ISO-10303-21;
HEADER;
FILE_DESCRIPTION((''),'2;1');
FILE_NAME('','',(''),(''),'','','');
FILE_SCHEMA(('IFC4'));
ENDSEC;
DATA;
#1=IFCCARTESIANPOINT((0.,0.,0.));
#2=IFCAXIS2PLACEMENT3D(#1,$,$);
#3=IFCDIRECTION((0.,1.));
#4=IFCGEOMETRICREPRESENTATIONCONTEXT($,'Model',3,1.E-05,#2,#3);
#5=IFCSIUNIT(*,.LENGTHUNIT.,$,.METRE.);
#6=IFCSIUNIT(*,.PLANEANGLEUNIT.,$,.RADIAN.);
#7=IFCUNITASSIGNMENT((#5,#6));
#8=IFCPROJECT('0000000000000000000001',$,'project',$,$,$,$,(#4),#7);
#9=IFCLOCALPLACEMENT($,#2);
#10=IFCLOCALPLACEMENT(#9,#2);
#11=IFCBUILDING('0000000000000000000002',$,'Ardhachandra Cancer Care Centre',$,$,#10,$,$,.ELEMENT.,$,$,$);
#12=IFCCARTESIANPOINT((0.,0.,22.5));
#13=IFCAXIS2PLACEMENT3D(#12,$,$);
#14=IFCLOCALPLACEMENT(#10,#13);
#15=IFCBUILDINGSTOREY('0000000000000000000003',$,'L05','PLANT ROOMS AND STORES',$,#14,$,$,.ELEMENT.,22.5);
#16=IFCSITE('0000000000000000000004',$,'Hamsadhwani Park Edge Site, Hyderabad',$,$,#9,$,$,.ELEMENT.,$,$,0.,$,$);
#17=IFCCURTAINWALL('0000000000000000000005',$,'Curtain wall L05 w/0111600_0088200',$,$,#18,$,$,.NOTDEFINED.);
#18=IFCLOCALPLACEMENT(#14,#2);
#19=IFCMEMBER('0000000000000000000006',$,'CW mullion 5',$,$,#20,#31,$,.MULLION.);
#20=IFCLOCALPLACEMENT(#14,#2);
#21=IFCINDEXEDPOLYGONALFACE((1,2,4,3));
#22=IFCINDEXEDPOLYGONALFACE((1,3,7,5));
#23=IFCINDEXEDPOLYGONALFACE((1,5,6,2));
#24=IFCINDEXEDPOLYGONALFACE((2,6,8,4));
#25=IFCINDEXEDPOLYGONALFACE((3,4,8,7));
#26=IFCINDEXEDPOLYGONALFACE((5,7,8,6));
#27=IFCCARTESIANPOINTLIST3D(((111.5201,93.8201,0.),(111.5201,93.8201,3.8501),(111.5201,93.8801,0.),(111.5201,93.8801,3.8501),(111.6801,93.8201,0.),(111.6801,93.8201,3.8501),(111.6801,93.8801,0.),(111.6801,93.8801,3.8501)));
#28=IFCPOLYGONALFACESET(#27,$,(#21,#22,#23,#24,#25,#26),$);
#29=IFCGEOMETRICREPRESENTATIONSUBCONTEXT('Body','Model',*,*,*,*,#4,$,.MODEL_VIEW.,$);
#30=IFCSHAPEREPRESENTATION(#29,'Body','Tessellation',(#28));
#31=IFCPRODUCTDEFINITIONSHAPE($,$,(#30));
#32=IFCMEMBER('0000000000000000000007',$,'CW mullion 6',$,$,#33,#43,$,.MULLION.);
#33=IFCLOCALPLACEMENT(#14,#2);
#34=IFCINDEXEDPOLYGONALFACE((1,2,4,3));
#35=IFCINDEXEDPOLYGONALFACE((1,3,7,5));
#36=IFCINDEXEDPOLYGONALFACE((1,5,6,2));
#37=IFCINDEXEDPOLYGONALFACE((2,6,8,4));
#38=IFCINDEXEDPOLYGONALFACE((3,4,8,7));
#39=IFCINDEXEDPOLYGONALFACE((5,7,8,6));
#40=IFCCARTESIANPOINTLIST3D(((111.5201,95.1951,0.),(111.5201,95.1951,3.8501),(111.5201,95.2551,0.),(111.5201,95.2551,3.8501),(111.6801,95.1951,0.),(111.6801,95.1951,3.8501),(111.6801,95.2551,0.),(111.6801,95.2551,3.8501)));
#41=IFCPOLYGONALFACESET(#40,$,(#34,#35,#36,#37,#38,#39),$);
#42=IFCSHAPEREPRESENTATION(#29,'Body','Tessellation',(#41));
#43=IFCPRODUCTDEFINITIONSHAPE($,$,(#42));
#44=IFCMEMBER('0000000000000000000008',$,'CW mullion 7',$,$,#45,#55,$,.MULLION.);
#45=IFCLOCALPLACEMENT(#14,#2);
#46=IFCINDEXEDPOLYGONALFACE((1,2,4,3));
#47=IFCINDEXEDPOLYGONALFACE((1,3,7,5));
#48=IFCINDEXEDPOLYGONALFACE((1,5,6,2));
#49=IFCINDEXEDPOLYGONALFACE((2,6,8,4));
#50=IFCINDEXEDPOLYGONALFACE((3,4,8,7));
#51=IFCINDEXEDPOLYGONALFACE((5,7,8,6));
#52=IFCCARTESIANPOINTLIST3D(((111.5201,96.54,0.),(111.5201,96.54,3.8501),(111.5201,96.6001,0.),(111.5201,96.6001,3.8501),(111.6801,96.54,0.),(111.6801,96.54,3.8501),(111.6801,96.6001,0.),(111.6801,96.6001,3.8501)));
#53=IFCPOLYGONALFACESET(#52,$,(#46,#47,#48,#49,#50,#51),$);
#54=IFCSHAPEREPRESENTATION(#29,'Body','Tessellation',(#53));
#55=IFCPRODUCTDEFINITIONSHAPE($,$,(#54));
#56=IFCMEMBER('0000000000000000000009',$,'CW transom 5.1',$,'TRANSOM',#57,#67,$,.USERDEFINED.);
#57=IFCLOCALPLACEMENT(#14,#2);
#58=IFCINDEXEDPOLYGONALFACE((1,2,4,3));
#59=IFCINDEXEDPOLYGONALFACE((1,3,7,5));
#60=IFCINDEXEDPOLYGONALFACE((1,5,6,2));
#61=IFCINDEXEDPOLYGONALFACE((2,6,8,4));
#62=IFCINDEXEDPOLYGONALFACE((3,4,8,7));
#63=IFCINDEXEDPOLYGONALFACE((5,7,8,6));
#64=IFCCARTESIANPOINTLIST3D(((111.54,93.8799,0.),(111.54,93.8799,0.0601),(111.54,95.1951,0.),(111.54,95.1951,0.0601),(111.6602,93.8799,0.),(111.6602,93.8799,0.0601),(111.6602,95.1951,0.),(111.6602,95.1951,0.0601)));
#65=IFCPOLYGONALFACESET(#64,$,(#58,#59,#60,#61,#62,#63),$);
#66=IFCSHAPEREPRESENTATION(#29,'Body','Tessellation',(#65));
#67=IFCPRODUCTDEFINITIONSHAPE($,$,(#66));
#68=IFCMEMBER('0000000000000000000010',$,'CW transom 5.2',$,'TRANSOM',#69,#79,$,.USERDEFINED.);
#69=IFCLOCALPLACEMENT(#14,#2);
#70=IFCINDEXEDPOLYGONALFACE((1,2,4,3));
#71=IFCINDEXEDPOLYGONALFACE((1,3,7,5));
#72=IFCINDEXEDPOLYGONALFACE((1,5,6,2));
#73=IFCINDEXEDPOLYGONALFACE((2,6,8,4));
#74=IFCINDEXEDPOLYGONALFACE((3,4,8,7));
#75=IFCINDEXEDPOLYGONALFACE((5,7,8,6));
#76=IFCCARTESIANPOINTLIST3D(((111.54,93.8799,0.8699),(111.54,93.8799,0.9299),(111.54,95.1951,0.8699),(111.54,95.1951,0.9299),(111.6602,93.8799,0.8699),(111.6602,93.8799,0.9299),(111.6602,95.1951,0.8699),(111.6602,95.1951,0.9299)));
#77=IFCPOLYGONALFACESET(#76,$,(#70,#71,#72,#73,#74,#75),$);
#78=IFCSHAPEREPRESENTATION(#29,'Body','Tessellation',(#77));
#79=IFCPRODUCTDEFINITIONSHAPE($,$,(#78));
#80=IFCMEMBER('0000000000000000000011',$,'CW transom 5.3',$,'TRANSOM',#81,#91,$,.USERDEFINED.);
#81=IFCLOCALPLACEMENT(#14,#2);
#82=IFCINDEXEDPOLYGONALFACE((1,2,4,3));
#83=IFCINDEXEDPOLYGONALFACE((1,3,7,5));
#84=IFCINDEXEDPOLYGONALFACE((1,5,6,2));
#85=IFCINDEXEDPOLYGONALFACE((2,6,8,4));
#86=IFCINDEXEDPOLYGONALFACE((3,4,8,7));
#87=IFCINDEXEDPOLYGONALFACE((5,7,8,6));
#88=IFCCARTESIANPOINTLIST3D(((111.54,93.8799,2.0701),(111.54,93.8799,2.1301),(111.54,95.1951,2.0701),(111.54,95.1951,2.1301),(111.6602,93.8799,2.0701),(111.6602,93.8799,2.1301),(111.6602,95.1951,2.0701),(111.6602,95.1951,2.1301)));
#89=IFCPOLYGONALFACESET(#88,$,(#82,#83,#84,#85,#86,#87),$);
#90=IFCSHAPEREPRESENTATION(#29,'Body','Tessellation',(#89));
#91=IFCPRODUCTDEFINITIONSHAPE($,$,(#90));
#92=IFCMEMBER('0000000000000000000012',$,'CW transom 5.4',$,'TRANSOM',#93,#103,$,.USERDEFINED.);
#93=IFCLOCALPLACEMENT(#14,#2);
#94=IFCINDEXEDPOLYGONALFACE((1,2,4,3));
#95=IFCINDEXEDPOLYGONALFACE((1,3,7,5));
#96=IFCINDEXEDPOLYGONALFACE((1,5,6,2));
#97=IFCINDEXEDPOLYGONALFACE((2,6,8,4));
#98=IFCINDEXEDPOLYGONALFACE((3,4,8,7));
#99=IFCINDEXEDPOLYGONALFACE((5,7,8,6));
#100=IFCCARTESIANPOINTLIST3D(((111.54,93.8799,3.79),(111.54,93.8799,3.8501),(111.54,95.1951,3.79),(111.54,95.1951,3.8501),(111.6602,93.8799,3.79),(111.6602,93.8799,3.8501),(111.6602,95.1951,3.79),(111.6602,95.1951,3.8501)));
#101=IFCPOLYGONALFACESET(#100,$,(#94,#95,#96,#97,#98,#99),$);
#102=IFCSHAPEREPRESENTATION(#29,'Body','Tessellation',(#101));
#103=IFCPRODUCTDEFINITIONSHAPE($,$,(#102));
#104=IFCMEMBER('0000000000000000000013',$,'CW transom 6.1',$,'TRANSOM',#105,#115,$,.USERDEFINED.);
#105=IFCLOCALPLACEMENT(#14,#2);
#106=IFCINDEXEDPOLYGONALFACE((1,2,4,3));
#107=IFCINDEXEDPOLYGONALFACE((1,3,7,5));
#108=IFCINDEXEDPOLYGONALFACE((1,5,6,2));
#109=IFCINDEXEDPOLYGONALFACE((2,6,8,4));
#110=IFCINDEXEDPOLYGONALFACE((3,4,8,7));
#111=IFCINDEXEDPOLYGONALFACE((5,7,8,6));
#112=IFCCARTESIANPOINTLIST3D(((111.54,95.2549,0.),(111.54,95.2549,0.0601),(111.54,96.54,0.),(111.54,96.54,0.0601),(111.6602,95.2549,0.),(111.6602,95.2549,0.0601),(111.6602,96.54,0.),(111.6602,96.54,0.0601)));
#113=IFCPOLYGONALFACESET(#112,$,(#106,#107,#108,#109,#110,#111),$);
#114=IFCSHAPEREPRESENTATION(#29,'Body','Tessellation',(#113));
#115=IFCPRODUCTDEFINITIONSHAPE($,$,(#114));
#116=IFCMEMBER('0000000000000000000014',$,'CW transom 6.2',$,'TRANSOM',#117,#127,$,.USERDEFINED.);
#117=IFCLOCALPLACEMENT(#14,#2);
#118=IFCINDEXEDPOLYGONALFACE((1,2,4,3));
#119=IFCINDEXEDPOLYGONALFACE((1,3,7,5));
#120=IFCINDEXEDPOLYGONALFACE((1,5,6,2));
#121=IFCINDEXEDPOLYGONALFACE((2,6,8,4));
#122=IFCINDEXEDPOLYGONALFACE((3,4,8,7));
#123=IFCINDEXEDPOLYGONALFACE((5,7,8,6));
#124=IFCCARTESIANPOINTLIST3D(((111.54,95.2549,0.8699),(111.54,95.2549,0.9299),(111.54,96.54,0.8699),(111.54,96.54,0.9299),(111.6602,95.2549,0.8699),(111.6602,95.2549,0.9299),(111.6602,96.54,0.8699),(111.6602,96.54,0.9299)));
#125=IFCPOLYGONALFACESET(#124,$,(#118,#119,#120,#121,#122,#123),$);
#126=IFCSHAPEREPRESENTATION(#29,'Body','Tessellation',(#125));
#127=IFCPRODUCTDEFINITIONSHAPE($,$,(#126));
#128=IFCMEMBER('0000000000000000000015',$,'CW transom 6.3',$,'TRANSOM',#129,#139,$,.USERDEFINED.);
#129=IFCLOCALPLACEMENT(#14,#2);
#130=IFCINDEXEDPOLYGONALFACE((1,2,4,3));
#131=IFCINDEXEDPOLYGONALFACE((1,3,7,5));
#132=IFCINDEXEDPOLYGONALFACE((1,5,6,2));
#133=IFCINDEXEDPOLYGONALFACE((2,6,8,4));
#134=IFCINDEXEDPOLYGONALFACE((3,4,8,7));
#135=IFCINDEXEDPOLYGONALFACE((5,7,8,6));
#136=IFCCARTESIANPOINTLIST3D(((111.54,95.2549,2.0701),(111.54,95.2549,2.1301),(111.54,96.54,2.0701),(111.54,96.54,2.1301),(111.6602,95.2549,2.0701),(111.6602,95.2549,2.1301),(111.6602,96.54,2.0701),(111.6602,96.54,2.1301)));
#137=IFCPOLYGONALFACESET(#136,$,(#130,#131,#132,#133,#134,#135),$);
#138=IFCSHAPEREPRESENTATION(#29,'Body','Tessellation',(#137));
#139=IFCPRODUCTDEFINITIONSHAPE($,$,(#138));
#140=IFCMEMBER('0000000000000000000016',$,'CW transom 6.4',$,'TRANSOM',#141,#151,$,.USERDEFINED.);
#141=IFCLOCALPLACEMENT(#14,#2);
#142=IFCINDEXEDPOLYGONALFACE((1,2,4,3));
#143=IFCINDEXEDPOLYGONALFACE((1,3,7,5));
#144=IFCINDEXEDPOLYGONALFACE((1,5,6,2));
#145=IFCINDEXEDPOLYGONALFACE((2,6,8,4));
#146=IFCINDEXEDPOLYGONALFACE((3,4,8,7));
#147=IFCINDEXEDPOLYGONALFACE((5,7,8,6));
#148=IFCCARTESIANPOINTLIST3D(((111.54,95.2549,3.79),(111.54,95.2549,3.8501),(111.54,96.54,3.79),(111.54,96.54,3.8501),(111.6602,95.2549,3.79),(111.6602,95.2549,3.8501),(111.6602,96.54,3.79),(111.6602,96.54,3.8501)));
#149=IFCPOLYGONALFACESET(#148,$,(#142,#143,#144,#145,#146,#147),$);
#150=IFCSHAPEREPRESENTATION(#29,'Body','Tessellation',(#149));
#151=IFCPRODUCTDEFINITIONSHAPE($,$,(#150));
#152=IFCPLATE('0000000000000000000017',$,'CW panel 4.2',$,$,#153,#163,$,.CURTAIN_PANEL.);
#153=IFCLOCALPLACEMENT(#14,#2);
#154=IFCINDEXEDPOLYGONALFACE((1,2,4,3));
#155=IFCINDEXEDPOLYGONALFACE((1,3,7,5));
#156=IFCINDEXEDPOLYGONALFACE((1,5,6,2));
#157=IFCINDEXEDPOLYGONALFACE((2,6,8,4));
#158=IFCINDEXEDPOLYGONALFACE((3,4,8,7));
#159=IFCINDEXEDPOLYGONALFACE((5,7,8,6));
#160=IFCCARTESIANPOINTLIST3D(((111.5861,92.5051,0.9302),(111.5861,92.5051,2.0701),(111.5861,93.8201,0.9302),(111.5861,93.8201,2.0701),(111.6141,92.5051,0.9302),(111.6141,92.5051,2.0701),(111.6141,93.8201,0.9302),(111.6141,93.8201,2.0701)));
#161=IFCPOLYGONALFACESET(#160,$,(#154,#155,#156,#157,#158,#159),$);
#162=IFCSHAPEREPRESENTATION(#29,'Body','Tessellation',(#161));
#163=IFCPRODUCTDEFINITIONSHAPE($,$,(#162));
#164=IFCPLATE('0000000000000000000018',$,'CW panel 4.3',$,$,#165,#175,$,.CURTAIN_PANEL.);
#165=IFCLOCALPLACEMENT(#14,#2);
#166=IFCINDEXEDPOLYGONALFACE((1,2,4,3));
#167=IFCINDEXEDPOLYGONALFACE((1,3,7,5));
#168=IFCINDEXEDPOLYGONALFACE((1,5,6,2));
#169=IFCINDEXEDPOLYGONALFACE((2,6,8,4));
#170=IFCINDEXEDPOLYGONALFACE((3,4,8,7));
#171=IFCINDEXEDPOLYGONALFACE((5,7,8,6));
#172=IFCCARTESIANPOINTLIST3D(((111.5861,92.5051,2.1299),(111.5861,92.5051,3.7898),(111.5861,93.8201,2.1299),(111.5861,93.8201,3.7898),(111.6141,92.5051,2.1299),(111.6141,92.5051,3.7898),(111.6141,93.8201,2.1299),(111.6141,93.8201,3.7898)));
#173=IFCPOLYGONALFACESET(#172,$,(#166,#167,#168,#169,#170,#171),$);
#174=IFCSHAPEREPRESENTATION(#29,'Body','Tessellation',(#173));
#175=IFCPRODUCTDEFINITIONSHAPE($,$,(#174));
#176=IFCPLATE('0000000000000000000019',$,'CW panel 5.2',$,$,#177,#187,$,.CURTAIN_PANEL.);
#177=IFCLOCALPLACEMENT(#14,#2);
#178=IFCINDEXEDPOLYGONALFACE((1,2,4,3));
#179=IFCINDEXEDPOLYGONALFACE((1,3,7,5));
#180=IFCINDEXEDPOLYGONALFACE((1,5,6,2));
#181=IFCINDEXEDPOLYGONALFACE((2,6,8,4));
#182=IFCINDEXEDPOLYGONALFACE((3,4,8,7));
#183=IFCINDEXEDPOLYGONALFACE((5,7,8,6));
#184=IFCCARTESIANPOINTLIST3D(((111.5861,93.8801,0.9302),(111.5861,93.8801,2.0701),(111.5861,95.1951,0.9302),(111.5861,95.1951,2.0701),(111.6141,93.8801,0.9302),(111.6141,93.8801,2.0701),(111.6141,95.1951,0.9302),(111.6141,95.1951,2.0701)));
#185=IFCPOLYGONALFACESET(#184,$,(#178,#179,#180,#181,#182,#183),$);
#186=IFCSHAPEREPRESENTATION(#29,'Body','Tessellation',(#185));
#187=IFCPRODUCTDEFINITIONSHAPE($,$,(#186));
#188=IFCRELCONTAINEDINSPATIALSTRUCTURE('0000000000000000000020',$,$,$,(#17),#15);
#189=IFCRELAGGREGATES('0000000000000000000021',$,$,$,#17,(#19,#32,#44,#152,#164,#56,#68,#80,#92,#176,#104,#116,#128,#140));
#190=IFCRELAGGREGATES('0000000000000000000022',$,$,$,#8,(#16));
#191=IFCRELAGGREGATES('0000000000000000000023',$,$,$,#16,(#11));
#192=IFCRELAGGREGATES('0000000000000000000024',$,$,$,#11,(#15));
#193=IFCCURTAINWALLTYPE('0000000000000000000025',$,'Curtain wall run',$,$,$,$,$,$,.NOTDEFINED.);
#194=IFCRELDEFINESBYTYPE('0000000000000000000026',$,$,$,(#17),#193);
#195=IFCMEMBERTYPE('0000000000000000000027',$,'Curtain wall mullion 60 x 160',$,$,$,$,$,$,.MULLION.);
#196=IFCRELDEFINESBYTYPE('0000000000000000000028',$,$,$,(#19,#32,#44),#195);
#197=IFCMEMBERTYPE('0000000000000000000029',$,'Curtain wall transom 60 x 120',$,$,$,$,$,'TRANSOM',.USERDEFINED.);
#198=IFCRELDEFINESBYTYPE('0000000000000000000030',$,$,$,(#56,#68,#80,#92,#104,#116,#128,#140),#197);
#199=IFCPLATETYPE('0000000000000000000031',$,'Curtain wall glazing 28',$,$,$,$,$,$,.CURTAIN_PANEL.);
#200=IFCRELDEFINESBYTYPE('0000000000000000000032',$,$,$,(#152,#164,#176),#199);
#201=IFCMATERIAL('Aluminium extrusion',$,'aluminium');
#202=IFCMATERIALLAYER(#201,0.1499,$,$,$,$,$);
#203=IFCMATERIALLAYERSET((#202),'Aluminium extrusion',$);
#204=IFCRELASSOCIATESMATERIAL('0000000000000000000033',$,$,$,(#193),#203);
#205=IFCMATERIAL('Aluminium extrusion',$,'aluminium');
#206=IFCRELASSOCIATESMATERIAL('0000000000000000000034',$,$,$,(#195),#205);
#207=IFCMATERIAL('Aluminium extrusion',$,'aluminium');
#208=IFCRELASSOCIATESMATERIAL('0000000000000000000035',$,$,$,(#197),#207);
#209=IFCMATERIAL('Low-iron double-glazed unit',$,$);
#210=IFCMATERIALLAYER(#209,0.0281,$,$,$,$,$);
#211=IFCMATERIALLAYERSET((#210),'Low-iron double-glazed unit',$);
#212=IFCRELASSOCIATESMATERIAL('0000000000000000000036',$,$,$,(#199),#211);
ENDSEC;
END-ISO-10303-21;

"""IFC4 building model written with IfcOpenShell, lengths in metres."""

from ifc_helpers import new_model, si_unit, direction, frame, origin, origin_2d, place, context, subcontext, project, spatial, rectangle, extrude, material, layer, layer_set, material_profile, profile_set, type_object, element, aggregate, save


model = new_model("IFC4")

# Units and contexts
model_context = context("Model", 3, precision=1e-05, world=origin(), true_north=direction((0.0, 1.0)))
body_context = subcontext(model_context, "Body", "Model", "MODEL_VIEW")
ifc_project = project(units=[si_unit("LENGTHUNIT", "METRE"), si_unit("PLANEANGLEUNIT", "RADIAN")], contexts=[model_context])

# Site, building, storey
site_placement = place(None, origin())
site = spatial("IfcSite", under=ifc_project, at=site_placement, Name="Hamsadhwani Park Edge Site, Hyderabad", CompositionType="ELEMENT", RefElevation=0.0)
building_placement = place(site_placement, origin())
building = spatial("IfcBuilding", under=site, at=building_placement, Name="Ardhachandra Cancer Care Centre", CompositionType="ELEMENT")
storey_placement = place(building_placement, frame((0.0, 0.0, 22.5)))
storey = spatial("IfcBuildingStorey", under=building, at=storey_placement, Name="L05", Description="PLANT ROOMS AND STORES", CompositionType="ELEMENT", Elevation=22.5)

# Curtain wall, members, plates
ifc_material_1 = material(Name="Aluminium extrusion", Category="aluminium")
ifc_layer_1 = layer(ifc_material_1, 0.1499)
ifc_layer_set_1 = layer_set([ifc_layer_1], Name="Aluminium extrusion")
curtain_wall_type = type_object("IfcCurtainWallType", Name="Curtain wall run", PredefinedType="NOTDEFINED", material=ifc_layer_set_1)
curtain_wall_placement = place(storey_placement, origin())
curtain_wall = element("IfcCurtainWall", 1, at=curtain_wall_placement, inside=storey, type_object=curtain_wall_type, Name="Curtain wall L05 w/0111600_0088200", PredefinedType="NOTDEFINED")
ifc_material_2 = material(Name="Aluminium extrusion", Category="aluminium")
ifc_material_profile_1 = material_profile(ifc_material_2, rectangle(XDim=0.1599, YDim=0.0601, at=origin_2d()), Name="Curtain wall mullion 60 x 160")
ifc_profile_set_1 = profile_set([ifc_material_profile_1], Name="Aluminium extrusion")
member_type_1 = type_object("IfcMemberType", Name="Curtain wall mullion 60 x 160", PredefinedType="MULLION", material=ifc_profile_set_1)
member_1_placement = place(storey_placement, frame((111.6001, 93.8501, 0.0), z_axis=(0.0, 0.0, 1.0), x_axis=(-1.0, 0.0, 0.0)))
member_1 = element("IfcMember", 2, at=member_1_placement, type_object=member_type_1, Name="CW mullion 5", PredefinedType="MULLION", context=body_context, shape_type="SweptSolid", body=[
    extrude(rectangle(XDim=0.1599, YDim=0.0601, at=origin_2d()), origin(), (0.0, 0.0, 1.0), 3.8501),
])
member_2_placement = place(storey_placement, frame((111.6001, 95.2251, 0.0), z_axis=(0.0, 0.0, 1.0), x_axis=(-1.0, 0.0, 0.0)))
member_2 = element("IfcMember", 3, at=member_2_placement, type_object=member_type_1, Name="CW mullion 6", PredefinedType="MULLION", context=body_context, shape_type="SweptSolid", body=[
    extrude(rectangle(XDim=0.1599, YDim=0.0601, at=origin_2d()), origin(), (0.0, 0.0, 1.0), 3.8501),
])
member_3_placement = place(storey_placement, frame((111.6001, 96.5701, 0.0), z_axis=(0.0, 0.0, 1.0), x_axis=(-1.0, 0.0, 0.0)))
member_3 = element("IfcMember", 4, at=member_3_placement, type_object=member_type_1, Name="CW mullion 7", PredefinedType="MULLION", context=body_context, shape_type="SweptSolid", body=[
    extrude(rectangle(XDim=0.1599, YDim=0.0601, at=origin_2d()), origin(), (0.0, 0.0, 1.0), 3.8501),
])
ifc_material_3 = material(Name="Aluminium extrusion", Category="aluminium")
ifc_material_profile_2 = material_profile(ifc_material_3, rectangle(XDim=0.1201, YDim=0.0601, at=origin_2d()), Name="Curtain wall transom 60 x 120")
ifc_profile_set_2 = profile_set([ifc_material_profile_2], Name="Aluminium extrusion")
member_type_2 = type_object("IfcMemberType", Name="Curtain wall transom 60 x 120", ElementType="TRANSOM", PredefinedType="USERDEFINED", material=ifc_profile_set_2)
member_4_placement = place(storey_placement, frame((111.6001, 93.8799, 0.03), z_axis=(0.0, 1.0, 0.0), x_axis=(-1.0, 0.0, 0.0)))
member_4 = element("IfcMember", 5, at=member_4_placement, type_object=member_type_2, Name="CW transom 5.1", ObjectType="TRANSOM", PredefinedType="USERDEFINED", context=body_context, shape_type="SweptSolid", body=[
    extrude(rectangle(XDim=0.1201, YDim=0.0601, at=origin_2d()), origin(), (0.0, 0.0, 1.0), 1.3152),
])
member_5_placement = place(storey_placement, frame((111.6001, 93.8799, 0.8999), z_axis=(0.0, 1.0, 0.0), x_axis=(-1.0, 0.0, 0.0)))
member_5 = element("IfcMember", 6, at=member_5_placement, type_object=member_type_2, Name="CW transom 5.2", ObjectType="TRANSOM", PredefinedType="USERDEFINED", context=body_context, shape_type="SweptSolid", body=[
    extrude(rectangle(XDim=0.1201, YDim=0.0601, at=origin_2d()), origin(), (0.0, 0.0, 1.0), 1.3152),
])
member_6_placement = place(storey_placement, frame((111.6001, 93.8799, 2.1001), z_axis=(0.0, 1.0, 0.0), x_axis=(-1.0, 0.0, 0.0)))
member_6 = element("IfcMember", 7, at=member_6_placement, type_object=member_type_2, Name="CW transom 5.3", ObjectType="TRANSOM", PredefinedType="USERDEFINED", context=body_context, shape_type="SweptSolid", body=[
    extrude(rectangle(XDim=0.1201, YDim=0.0601, at=origin_2d()), origin(), (0.0, 0.0, 1.0), 1.3152),
])
member_7_placement = place(storey_placement, frame((111.6001, 93.8799, 3.8201), z_axis=(0.0, 1.0, 0.0), x_axis=(-1.0, 0.0, 0.0)))
member_7 = element("IfcMember", 8, at=member_7_placement, type_object=member_type_2, Name="CW transom 5.4", ObjectType="TRANSOM", PredefinedType="USERDEFINED", context=body_context, shape_type="SweptSolid", body=[
    extrude(rectangle(XDim=0.1201, YDim=0.0601, at=origin_2d()), origin(), (0.0, 0.0, 1.0), 1.3152),
])
member_8_placement = place(storey_placement, frame((111.6001, 95.2549, 0.03), z_axis=(0.0, 1.0, 0.0), x_axis=(-1.0, 0.0, 0.0)))
member_8 = element("IfcMember", 9, at=member_8_placement, type_object=member_type_2, Name="CW transom 6.1", ObjectType="TRANSOM", PredefinedType="USERDEFINED", context=body_context, shape_type="SweptSolid", body=[
    extrude(rectangle(XDim=0.1201, YDim=0.0601, at=origin_2d()), origin(), (0.0, 0.0, 1.0), 1.2852),
])
member_9_placement = place(storey_placement, frame((111.6001, 95.2549, 0.8999), z_axis=(0.0, 1.0, 0.0), x_axis=(-1.0, 0.0, 0.0)))
member_9 = element("IfcMember", 10, at=member_9_placement, type_object=member_type_2, Name="CW transom 6.2", ObjectType="TRANSOM", PredefinedType="USERDEFINED", context=body_context, shape_type="SweptSolid", body=[
    extrude(rectangle(XDim=0.1201, YDim=0.0601, at=origin_2d()), origin(), (0.0, 0.0, 1.0), 1.2852),
])
member_10_placement = place(storey_placement, frame((111.6001, 95.2549, 2.1001), z_axis=(0.0, 1.0, 0.0), x_axis=(-1.0, 0.0, 0.0)))
member_10 = element("IfcMember", 11, at=member_10_placement, type_object=member_type_2, Name="CW transom 6.3", ObjectType="TRANSOM", PredefinedType="USERDEFINED", context=body_context, shape_type="SweptSolid", body=[
    extrude(rectangle(XDim=0.1201, YDim=0.0601, at=origin_2d()), origin(), (0.0, 0.0, 1.0), 1.2852),
])
member_11_placement = place(storey_placement, frame((111.6001, 95.2549, 3.8201), z_axis=(0.0, 1.0, 0.0), x_axis=(-1.0, 0.0, 0.0)))
member_11 = element("IfcMember", 12, at=member_11_placement, type_object=member_type_2, Name="CW transom 6.4", ObjectType="TRANSOM", PredefinedType="USERDEFINED", context=body_context, shape_type="SweptSolid", body=[
    extrude(rectangle(XDim=0.1201, YDim=0.0601, at=origin_2d()), origin(), (0.0, 0.0, 1.0), 1.2852),
])
ifc_material_4 = material(Name="Low-iron double-glazed unit")
ifc_layer_2 = layer(ifc_material_4, 0.0281)
ifc_layer_set_2 = layer_set([ifc_layer_2], Name="Low-iron double-glazed unit")
plate_type_1 = type_object("IfcPlateType", Name="Curtain wall glazing 28", PredefinedType="CURTAIN_PANEL", material=ifc_layer_set_2)
plate_1_placement = place(storey_placement, frame((111.6001, 93.1626, 0.9302), z_axis=(0.0, 0.0, 1.0), x_axis=(0.0, 1.0, 0.0)))
plate_1 = element("IfcPlate", 13, at=plate_1_placement, type_object=plate_type_1, Name="CW panel 4.2", PredefinedType="CURTAIN_PANEL", context=body_context, shape_type="SweptSolid", body=[
    extrude(rectangle(XDim=1.3149, YDim=0.0281, at=origin_2d()), origin(), (0.0, 0.0, 1.0), 1.1399),
])
plate_2_placement = place(storey_placement, frame((111.6001, 93.1626, 2.1299), z_axis=(0.0, 0.0, 1.0), x_axis=(0.0, 1.0, 0.0)))
plate_2 = element("IfcPlate", 14, at=plate_2_placement, type_object=plate_type_1, Name="CW panel 4.3", PredefinedType="CURTAIN_PANEL", context=body_context, shape_type="SweptSolid", body=[
    extrude(rectangle(XDim=1.3149, YDim=0.0281, at=origin_2d()), origin(), (0.0, 0.0, 1.0), 1.6599),
])
plate_3_placement = place(storey_placement, frame((111.6001, 94.5376, 0.9302), z_axis=(0.0, 0.0, 1.0), x_axis=(0.0, 1.0, 0.0)))
plate_3 = element("IfcPlate", 15, at=plate_3_placement, type_object=plate_type_1, Name="CW panel 5.2", PredefinedType="CURTAIN_PANEL", context=body_context, shape_type="SweptSolid", body=[
    extrude(rectangle(XDim=1.3149, YDim=0.0281, at=origin_2d()), origin(), (0.0, 0.0, 1.0), 1.1399),
])
aggregate(curtain_wall, [member_1, member_2, member_3, plate_1, plate_2, member_4, member_5, member_6, member_7, plate_3, member_8, member_9, member_10, member_11])

save(model, "model.ifc")
